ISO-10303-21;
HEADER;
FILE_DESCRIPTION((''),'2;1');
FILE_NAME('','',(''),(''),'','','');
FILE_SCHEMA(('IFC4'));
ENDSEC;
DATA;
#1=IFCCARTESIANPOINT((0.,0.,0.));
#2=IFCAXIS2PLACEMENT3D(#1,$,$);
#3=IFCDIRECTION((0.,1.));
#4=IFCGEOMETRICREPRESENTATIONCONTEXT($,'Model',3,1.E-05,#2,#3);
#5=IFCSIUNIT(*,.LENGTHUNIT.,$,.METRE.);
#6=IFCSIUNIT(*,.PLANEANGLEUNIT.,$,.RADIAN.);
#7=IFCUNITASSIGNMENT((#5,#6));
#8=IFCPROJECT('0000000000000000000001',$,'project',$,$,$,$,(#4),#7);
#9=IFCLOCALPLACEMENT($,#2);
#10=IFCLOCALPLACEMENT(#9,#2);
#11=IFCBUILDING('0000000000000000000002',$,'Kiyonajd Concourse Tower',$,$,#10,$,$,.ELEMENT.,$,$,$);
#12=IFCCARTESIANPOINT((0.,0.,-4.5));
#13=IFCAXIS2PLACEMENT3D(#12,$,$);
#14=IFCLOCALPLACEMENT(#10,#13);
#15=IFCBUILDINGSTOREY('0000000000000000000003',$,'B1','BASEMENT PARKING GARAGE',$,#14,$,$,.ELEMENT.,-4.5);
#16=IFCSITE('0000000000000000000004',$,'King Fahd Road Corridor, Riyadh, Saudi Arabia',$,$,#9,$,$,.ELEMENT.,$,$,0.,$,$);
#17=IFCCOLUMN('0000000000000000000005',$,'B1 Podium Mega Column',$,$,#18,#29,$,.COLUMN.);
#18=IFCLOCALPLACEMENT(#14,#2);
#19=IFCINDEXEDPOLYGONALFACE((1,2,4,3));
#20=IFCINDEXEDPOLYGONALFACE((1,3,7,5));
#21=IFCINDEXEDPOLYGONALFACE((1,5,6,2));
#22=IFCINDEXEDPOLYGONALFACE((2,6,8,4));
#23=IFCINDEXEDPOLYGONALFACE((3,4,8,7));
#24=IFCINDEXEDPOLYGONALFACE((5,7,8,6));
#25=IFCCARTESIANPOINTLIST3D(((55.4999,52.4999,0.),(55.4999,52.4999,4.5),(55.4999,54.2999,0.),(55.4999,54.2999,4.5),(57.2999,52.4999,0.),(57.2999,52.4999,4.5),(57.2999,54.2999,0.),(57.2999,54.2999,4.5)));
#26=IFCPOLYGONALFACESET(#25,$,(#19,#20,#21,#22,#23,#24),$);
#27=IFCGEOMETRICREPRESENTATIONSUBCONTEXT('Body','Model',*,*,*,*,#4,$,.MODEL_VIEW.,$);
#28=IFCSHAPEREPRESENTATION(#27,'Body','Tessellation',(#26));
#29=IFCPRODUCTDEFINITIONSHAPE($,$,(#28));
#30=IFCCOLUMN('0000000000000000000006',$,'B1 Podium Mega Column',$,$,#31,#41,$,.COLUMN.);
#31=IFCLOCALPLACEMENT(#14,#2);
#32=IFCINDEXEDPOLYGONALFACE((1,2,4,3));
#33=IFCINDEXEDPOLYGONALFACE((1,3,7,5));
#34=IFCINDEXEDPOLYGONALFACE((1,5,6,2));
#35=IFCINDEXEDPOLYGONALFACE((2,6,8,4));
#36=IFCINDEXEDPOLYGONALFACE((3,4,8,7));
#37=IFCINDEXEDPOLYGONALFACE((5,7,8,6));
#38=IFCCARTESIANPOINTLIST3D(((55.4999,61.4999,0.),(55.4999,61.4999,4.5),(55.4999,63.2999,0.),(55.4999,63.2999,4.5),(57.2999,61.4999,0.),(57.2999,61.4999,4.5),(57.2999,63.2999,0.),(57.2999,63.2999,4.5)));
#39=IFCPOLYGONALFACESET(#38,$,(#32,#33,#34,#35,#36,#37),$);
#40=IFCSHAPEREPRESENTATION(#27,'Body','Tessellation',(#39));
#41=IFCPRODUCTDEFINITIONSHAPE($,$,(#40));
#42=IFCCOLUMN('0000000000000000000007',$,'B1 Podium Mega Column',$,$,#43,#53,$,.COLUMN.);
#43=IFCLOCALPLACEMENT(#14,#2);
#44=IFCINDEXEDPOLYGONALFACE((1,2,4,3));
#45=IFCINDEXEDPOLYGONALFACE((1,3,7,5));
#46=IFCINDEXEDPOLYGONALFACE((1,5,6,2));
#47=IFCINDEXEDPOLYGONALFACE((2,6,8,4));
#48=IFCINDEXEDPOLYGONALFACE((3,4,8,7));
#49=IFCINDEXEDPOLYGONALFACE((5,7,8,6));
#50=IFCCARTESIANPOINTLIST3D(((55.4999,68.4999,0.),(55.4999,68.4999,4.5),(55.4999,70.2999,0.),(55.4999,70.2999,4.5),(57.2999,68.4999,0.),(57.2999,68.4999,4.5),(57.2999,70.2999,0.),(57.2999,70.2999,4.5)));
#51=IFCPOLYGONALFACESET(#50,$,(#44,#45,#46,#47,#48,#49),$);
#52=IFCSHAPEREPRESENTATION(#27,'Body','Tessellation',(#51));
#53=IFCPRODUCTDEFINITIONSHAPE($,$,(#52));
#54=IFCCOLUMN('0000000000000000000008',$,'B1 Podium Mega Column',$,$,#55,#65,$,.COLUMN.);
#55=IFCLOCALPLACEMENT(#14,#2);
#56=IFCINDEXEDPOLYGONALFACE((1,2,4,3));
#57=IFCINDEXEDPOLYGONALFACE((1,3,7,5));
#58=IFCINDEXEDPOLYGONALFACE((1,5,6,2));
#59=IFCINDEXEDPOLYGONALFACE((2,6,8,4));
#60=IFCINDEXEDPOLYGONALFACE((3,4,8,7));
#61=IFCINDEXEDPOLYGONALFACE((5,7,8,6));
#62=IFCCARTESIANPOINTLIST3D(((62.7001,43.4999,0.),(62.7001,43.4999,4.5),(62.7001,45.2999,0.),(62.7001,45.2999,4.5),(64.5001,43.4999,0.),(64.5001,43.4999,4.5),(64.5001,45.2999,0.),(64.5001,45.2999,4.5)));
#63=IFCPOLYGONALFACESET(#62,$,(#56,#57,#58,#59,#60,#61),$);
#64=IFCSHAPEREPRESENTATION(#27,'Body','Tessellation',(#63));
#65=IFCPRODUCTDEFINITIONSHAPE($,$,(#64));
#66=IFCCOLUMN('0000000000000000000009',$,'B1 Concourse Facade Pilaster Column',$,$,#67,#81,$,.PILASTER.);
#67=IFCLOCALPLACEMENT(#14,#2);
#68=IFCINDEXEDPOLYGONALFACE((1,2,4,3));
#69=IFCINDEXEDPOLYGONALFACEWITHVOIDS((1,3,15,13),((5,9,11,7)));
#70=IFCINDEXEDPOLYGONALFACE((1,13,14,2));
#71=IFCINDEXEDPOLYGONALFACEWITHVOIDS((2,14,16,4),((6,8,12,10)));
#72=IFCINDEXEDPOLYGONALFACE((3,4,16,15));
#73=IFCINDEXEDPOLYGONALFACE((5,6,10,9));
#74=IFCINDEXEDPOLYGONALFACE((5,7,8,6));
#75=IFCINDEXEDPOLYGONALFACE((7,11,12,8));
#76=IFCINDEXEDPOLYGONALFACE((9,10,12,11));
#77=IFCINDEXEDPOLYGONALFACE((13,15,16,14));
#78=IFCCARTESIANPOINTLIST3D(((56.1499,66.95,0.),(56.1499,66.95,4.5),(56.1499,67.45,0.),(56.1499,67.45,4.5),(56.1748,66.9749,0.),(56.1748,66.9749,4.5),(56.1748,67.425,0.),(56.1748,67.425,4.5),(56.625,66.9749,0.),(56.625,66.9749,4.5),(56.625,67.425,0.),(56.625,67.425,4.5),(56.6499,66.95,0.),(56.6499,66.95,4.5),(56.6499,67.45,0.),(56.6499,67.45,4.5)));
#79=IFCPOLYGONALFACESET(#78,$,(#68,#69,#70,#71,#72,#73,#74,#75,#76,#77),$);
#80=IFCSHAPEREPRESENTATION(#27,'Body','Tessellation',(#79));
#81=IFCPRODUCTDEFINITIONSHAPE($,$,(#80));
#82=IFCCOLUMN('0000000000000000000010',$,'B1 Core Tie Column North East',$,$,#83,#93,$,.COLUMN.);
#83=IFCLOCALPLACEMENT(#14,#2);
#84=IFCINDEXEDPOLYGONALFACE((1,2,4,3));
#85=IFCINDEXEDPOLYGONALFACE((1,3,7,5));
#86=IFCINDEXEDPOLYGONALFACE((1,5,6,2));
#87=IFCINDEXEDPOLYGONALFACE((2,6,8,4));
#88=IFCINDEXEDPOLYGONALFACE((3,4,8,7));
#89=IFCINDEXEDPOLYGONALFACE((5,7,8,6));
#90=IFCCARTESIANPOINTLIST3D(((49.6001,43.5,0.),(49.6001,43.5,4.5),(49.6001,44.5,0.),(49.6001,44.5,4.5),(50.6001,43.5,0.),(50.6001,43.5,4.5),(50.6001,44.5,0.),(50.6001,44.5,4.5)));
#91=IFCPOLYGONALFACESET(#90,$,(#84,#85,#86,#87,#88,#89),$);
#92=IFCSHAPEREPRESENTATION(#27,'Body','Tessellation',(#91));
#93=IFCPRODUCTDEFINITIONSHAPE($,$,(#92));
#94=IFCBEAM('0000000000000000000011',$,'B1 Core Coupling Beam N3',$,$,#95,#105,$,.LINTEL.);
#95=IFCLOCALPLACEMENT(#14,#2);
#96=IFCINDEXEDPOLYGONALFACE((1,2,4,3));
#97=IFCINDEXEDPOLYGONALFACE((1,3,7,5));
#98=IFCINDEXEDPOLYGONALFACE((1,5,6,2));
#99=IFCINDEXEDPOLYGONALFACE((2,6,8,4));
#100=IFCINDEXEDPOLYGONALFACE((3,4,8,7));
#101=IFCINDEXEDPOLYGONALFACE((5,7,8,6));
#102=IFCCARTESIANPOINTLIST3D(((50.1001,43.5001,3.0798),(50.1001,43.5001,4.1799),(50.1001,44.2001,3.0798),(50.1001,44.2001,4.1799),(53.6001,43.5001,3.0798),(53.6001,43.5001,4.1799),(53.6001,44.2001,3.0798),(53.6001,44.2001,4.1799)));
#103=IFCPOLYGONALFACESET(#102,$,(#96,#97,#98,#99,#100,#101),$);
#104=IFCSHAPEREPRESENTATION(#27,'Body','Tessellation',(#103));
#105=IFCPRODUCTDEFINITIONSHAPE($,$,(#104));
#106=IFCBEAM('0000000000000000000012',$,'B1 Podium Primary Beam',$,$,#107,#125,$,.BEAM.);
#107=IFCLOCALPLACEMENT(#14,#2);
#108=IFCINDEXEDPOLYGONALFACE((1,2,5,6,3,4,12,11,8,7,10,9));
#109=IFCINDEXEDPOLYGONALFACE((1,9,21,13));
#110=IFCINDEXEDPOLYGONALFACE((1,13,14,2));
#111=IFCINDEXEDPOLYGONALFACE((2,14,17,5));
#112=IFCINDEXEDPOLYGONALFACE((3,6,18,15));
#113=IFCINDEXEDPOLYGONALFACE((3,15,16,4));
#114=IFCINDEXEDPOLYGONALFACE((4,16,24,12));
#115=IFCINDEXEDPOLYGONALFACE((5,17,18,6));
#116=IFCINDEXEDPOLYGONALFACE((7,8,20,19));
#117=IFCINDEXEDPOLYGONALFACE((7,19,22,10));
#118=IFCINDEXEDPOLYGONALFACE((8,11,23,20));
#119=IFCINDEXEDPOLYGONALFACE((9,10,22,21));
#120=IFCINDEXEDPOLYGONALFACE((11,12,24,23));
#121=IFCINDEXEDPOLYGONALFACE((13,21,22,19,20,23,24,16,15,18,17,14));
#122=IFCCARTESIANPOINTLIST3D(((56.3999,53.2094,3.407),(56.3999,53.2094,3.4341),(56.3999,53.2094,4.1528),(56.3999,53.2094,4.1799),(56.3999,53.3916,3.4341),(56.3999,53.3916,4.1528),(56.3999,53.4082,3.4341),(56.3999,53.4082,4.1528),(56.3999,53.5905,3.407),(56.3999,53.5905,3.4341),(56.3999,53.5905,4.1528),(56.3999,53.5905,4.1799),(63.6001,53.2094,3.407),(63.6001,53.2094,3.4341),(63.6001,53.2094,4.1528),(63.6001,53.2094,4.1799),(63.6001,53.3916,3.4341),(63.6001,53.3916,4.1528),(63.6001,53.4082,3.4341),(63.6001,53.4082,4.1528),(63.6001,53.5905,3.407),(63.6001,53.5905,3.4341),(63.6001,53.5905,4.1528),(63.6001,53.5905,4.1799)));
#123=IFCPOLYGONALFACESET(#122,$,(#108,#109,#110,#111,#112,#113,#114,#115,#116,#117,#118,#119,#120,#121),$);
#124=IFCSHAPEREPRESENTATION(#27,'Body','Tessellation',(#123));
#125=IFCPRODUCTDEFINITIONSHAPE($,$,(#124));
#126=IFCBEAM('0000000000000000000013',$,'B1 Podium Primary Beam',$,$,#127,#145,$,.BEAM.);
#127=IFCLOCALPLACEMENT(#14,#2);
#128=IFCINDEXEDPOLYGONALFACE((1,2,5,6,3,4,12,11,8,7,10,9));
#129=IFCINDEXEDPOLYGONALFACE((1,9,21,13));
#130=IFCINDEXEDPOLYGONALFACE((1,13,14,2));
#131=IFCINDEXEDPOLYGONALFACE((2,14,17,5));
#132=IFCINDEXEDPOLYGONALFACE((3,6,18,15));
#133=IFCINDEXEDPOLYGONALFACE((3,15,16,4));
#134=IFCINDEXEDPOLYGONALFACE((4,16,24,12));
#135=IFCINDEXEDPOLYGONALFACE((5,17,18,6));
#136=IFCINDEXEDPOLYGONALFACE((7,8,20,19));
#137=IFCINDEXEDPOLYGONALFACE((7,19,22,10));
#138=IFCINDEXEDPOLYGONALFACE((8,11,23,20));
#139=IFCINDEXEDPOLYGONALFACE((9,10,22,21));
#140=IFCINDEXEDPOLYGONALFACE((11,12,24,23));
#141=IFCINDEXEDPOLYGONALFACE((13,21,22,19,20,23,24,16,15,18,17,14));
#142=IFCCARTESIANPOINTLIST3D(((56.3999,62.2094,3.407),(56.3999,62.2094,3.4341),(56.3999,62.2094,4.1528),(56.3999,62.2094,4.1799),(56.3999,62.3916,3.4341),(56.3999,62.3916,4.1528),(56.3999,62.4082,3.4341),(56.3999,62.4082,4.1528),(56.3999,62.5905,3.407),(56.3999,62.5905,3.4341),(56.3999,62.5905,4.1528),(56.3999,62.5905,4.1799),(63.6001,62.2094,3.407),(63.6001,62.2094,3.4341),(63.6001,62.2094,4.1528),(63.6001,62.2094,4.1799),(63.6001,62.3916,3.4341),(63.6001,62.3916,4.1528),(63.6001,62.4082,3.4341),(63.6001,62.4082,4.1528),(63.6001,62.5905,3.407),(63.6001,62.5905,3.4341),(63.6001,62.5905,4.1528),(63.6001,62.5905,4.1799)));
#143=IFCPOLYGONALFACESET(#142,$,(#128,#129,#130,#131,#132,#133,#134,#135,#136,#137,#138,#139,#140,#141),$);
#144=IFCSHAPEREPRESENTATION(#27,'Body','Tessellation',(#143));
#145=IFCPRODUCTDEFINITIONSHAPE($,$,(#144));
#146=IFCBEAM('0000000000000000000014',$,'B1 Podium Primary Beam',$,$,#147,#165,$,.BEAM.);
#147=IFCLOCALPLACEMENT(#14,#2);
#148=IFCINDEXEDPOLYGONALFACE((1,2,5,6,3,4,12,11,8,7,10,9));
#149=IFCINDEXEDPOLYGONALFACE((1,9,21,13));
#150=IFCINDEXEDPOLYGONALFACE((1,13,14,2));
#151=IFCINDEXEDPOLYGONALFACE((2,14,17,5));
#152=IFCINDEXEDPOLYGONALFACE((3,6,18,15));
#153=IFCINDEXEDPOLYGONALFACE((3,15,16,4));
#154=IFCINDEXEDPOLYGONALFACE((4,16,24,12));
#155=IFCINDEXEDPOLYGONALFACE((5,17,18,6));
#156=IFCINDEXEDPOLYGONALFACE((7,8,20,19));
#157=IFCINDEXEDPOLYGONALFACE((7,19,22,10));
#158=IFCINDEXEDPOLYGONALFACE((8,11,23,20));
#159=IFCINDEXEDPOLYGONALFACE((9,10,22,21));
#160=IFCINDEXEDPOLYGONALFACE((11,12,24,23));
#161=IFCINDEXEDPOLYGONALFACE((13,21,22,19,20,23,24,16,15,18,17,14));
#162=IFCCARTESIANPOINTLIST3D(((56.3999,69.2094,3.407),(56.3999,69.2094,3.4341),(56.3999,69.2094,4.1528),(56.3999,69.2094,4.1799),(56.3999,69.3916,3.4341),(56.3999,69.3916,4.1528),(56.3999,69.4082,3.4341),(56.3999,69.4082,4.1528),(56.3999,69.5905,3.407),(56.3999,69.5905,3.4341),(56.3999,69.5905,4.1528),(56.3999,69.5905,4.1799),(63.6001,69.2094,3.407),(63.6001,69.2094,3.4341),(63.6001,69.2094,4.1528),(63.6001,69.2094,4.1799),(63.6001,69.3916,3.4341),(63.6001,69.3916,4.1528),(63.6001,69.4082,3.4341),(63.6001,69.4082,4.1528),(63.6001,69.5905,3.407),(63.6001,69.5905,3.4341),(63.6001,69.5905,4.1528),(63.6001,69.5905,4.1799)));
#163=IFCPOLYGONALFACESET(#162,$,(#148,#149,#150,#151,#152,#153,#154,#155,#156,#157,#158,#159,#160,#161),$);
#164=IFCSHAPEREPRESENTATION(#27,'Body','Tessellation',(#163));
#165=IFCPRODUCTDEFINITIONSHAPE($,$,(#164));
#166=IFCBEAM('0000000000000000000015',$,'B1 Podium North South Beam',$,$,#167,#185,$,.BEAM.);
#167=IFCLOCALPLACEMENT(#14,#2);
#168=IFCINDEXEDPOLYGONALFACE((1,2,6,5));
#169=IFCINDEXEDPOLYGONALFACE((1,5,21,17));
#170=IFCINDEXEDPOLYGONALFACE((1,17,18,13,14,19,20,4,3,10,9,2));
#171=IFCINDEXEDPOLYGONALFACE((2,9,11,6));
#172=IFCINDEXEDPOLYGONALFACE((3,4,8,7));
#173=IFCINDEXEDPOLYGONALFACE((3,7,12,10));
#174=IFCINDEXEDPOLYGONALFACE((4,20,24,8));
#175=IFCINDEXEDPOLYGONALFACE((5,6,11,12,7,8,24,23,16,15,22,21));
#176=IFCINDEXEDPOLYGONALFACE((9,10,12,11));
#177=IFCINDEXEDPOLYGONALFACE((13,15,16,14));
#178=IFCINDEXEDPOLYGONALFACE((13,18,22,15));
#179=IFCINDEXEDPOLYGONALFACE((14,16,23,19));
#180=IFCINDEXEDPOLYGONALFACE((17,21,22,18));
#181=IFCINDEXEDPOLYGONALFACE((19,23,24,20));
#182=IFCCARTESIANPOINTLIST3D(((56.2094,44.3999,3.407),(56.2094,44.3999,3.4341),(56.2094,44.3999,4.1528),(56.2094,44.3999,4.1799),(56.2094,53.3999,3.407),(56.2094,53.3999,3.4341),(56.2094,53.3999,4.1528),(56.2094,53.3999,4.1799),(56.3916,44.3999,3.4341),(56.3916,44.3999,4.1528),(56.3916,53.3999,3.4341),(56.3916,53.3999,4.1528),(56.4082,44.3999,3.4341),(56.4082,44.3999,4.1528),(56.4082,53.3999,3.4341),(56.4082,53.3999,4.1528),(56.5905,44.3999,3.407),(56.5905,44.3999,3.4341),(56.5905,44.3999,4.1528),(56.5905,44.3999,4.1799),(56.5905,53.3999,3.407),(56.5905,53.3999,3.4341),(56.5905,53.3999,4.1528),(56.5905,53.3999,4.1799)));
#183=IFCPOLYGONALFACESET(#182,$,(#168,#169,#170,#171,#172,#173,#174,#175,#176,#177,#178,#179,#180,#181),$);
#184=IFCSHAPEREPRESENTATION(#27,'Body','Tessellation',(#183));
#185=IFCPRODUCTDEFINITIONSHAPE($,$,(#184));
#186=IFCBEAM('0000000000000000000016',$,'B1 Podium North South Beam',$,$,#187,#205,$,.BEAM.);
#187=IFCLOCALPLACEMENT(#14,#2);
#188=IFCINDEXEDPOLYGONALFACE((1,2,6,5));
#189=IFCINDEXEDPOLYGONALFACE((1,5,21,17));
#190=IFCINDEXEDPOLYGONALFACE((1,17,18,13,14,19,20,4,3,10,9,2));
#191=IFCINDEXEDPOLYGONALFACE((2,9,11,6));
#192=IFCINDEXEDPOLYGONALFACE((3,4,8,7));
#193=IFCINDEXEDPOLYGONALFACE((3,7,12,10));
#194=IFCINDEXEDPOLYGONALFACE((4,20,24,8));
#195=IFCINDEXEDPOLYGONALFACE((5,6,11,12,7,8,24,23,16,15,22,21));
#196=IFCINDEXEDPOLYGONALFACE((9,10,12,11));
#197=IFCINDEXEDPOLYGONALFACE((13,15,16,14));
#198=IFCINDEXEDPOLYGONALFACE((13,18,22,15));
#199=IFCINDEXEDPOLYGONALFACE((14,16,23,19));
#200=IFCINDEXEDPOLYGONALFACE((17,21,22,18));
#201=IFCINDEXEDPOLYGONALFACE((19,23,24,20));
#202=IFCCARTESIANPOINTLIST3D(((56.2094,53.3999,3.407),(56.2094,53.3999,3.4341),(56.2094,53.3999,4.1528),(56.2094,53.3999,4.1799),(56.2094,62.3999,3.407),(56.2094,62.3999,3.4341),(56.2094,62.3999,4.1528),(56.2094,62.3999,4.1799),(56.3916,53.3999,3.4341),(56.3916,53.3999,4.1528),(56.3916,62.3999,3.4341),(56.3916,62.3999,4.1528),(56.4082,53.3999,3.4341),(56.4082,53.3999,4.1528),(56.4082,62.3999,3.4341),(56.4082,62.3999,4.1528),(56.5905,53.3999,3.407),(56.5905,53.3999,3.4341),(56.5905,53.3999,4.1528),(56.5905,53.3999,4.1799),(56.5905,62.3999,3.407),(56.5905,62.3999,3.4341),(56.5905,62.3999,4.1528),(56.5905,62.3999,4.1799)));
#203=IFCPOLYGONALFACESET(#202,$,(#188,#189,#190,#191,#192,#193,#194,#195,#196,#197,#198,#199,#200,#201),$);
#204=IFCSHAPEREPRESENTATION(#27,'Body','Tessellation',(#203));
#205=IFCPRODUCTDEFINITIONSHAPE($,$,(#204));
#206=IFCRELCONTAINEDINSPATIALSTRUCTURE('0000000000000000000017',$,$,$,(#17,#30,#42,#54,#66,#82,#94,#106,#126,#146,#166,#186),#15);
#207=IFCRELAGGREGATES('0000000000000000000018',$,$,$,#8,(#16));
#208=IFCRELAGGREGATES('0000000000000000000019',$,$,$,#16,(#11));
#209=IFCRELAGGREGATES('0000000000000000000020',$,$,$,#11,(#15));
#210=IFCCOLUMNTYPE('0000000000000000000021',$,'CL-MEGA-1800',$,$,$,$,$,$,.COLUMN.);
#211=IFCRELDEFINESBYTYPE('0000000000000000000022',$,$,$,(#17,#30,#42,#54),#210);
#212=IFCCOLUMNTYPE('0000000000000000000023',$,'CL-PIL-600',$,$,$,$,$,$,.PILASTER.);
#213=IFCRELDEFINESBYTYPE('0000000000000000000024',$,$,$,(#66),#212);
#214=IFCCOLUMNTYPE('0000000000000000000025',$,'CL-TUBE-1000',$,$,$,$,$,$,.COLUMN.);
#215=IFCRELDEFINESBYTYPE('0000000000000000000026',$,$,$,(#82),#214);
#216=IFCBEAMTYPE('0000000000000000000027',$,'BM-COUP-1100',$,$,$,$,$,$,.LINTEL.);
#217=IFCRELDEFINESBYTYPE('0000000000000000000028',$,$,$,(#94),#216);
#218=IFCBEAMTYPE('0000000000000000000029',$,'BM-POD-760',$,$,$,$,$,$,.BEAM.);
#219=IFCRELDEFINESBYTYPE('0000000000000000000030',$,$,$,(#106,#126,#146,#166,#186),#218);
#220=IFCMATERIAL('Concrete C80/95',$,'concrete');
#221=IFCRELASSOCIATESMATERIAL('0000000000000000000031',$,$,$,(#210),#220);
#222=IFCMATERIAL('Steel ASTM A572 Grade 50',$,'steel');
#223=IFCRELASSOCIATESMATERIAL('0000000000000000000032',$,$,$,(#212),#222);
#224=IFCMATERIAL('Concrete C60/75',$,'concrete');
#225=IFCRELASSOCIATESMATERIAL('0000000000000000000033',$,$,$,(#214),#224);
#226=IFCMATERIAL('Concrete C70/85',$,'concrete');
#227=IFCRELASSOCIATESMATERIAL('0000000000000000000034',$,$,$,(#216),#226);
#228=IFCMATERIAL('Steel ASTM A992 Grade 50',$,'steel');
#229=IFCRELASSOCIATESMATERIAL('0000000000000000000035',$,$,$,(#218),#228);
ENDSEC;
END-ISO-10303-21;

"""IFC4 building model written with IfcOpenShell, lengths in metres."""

from ifc_helpers import new_model, si_unit, direction, frame, origin, origin_2d, place, context, subcontext, project, spatial, rectangle, hollow_rectangle, i_section, extrude, material, material_profile, profile_set, type_object, element, save


model = new_model("IFC4")

# Units and contexts
model_context = context("Model", 3, precision=1e-05, world=origin(), true_north=direction((0.0, 1.0)))
body_context = subcontext(model_context, "Body", "Model", "MODEL_VIEW")
ifc_project = project(units=[si_unit("LENGTHUNIT", "METRE"), si_unit("PLANEANGLEUNIT", "RADIAN")], contexts=[model_context])

# Site, building, storey
site_placement = place(None, origin())
site = spatial("IfcSite", under=ifc_project, at=site_placement, Name="King Fahd Road Corridor, Riyadh, Saudi Arabia", CompositionType="ELEMENT", RefElevation=0.0)
building_placement = place(site_placement, origin())
building = spatial("IfcBuilding", under=site, at=building_placement, Name="Kiyonajd Concourse Tower", CompositionType="ELEMENT")
storey_placement = place(building_placement, frame((0.0, 0.0, -4.5)))
storey = spatial("IfcBuildingStorey", under=building, at=storey_placement, Name="B1", Description="BASEMENT PARKING GARAGE", CompositionType="ELEMENT", Elevation=-4.5)

# Columns
ifc_material_1 = material(Name="Concrete C80/95", Category="concrete")
ifc_material_profile_1 = material_profile(ifc_material_1, rectangle(XDim=1.8, YDim=1.8, at=origin_2d()), Name="RC-1800x1800")
ifc_profile_set_1 = profile_set([ifc_material_profile_1], Name="Concrete C80/95")
column_type_1 = type_object("IfcColumnType", Name="CL-MEGA-1800", PredefinedType="COLUMN", material=ifc_profile_set_1)
for number, where, z_axis, x_axis, name in (
    (1, (56.3999, 53.3999, 0.0), (0.0, 0.0, 1.0), (1.0, 0.0, 0.0), "B1 Podium Mega Column"),
    (2, (56.3999, 62.3999, 0.0), (0.0, 0.0, 1.0), (1.0, 0.0, 0.0), "B1 Podium Mega Column"),
    (3, (56.3999, 69.3999, 0.0), (0.0, 0.0, 1.0), (1.0, 0.0, 0.0), "B1 Podium Mega Column"),
    (4, (63.6001, 44.3999, 0.0), (0.0, 0.0, 1.0), (1.0, 0.0, 0.0), "B1 Podium Mega Column"),
):
    element("IfcColumn", number, at=place(storey_placement, frame(where, z_axis=z_axis, x_axis=x_axis)), inside=storey, type_object=column_type_1, Name=name, PredefinedType="COLUMN", context=body_context, shape_type="SweptSolid", body=[
        extrude(rectangle(XDim=1.8, YDim=1.8, at=origin_2d()), origin(), (0.0, 0.0, 1.0), 4.5),
    ])
ifc_material_2 = material(Name="Steel ASTM A572 Grade 50", Category="steel")
ifc_material_profile_2 = material_profile(ifc_material_2, hollow_rectangle(XDim=0.5, YDim=0.5, WallThickness=0.0249, at=origin_2d()), Name="HSS-500x500x25")
ifc_profile_set_2 = profile_set([ifc_material_profile_2], Name="Steel ASTM A572 Grade 50")
column_type_2 = type_object("IfcColumnType", Name="CL-PIL-600", PredefinedType="PILASTER", material=ifc_profile_set_2)
column_1_placement = place(storey_placement, frame((56.3999, 67.2, 0.0), z_axis=(0.0, 0.0, 1.0), x_axis=(1.0, 0.0, 0.0)))
element("IfcColumn", 5, at=column_1_placement, inside=storey, type_object=column_type_2, Name="B1 Concourse Facade Pilaster Column", PredefinedType="PILASTER", context=body_context, shape_type="SweptSolid", body=[
    extrude(hollow_rectangle(XDim=0.5, YDim=0.5, WallThickness=0.0249, at=origin_2d()), origin(), (0.0, 0.0, 1.0), 4.5),
])
ifc_material_3 = material(Name="Concrete C60/75", Category="concrete")
ifc_material_profile_3 = material_profile(ifc_material_3, rectangle(XDim=1.0, YDim=1.0, at=origin_2d()), Name="RC-1000x1000")
ifc_profile_set_3 = profile_set([ifc_material_profile_3], Name="Concrete C60/75")
column_type_3 = type_object("IfcColumnType", Name="CL-TUBE-1000", PredefinedType="COLUMN", material=ifc_profile_set_3)
column_2_placement = place(storey_placement, frame((50.1001, 44.0, 0.0), z_axis=(0.0, 0.0, 1.0), x_axis=(1.0, 0.0, 0.0)))
element("IfcColumn", 6, at=column_2_placement, inside=storey, type_object=column_type_3, Name="B1 Core Tie Column North East", PredefinedType="COLUMN", context=body_context, shape_type="SweptSolid", body=[
    extrude(rectangle(XDim=1.0, YDim=1.0, at=origin_2d()), origin(), (0.0, 0.0, 1.0), 4.5),
])

# Beams
ifc_material_4 = material(Name="Concrete C70/85", Category="concrete")
ifc_material_profile_4 = material_profile(ifc_material_4, rectangle(XDim=0.7, YDim=1.1001, at=origin_2d()), Name="RCBM-700x1100")
ifc_profile_set_4 = profile_set([ifc_material_profile_4], Name="Concrete C70/85")
beam_type_1 = type_object("IfcBeamType", Name="BM-COUP-1100", PredefinedType="LINTEL", material=ifc_profile_set_4)
beam_1_placement = place(storey_placement, frame((50.1001, 43.8501, 3.6299), z_axis=(1.0, 0.0, 0.0), x_axis=(0.0, 1.0, 0.0)))
element("IfcBeam", 7, at=beam_1_placement, inside=storey, type_object=beam_type_1, Name="B1 Core Coupling Beam N3", PredefinedType="LINTEL", context=body_context, shape_type="SweptSolid", body=[
    extrude(rectangle(XDim=0.7, YDim=1.1001, at=origin_2d()), origin(), (0.0, 0.0, 1.0), 3.5),
])
ifc_material_5 = material(Name="Steel ASTM A992 Grade 50", Category="steel")
ifc_material_profile_5 = material_profile(ifc_material_5, i_section(OverallWidth=0.3811, OverallDepth=0.7729, WebThickness=0.0166, FlangeThickness=0.0271, at=origin_2d()), Name="W760X257")
ifc_profile_set_5 = profile_set([ifc_material_profile_5], Name="Steel ASTM A992 Grade 50")
beam_type_2 = type_object("IfcBeamType", Name="BM-POD-760", PredefinedType="BEAM", material=ifc_profile_set_5)
for number, where, z_axis, x_axis, name in (
    (8, (56.3999, 53.3999, 3.7935), (1.0, 0.0, 0.0), (0.0, 1.0, 0.0), "B1 Podium Primary Beam"),
    (9, (56.3999, 62.3999, 3.7935), (1.0, 0.0, 0.0), (0.0, 1.0, 0.0), "B1 Podium Primary Beam"),
    (10, (56.3999, 69.3999, 3.7935), (1.0, 0.0, 0.0), (0.0, 1.0, 0.0), "B1 Podium Primary Beam"),
):
    element("IfcBeam", number, at=place(storey_placement, frame(where, z_axis=z_axis, x_axis=x_axis)), inside=storey, type_object=beam_type_2, Name=name, PredefinedType="BEAM", context=body_context, shape_type="SweptSolid", body=[
        extrude(i_section(OverallWidth=0.3811, OverallDepth=0.7729, WebThickness=0.0166, FlangeThickness=0.0271, at=origin_2d()), origin(), (0.0, 0.0, 1.0), 7.2002),
    ])
for number, where, z_axis, x_axis, name in (
    (11, (56.3999, 44.3999, 3.7935), (0.0, 1.0, 0.0), (-1.0, 0.0, 0.0), "B1 Podium North South Beam"),
    (12, (56.3999, 53.3999, 3.7935), (0.0, 1.0, 0.0), (-1.0, 0.0, 0.0), "B1 Podium North South Beam"),
):
    element("IfcBeam", number, at=place(storey_placement, frame(where, z_axis=z_axis, x_axis=x_axis)), inside=storey, type_object=beam_type_2, Name=name, PredefinedType="BEAM", context=body_context, shape_type="SweptSolid", body=[
        extrude(i_section(OverallWidth=0.3811, OverallDepth=0.7729, WebThickness=0.0166, FlangeThickness=0.0271, at=origin_2d()), origin(), (0.0, 0.0, 1.0), 9.0),
    ])

save(model, "model.ifc")
